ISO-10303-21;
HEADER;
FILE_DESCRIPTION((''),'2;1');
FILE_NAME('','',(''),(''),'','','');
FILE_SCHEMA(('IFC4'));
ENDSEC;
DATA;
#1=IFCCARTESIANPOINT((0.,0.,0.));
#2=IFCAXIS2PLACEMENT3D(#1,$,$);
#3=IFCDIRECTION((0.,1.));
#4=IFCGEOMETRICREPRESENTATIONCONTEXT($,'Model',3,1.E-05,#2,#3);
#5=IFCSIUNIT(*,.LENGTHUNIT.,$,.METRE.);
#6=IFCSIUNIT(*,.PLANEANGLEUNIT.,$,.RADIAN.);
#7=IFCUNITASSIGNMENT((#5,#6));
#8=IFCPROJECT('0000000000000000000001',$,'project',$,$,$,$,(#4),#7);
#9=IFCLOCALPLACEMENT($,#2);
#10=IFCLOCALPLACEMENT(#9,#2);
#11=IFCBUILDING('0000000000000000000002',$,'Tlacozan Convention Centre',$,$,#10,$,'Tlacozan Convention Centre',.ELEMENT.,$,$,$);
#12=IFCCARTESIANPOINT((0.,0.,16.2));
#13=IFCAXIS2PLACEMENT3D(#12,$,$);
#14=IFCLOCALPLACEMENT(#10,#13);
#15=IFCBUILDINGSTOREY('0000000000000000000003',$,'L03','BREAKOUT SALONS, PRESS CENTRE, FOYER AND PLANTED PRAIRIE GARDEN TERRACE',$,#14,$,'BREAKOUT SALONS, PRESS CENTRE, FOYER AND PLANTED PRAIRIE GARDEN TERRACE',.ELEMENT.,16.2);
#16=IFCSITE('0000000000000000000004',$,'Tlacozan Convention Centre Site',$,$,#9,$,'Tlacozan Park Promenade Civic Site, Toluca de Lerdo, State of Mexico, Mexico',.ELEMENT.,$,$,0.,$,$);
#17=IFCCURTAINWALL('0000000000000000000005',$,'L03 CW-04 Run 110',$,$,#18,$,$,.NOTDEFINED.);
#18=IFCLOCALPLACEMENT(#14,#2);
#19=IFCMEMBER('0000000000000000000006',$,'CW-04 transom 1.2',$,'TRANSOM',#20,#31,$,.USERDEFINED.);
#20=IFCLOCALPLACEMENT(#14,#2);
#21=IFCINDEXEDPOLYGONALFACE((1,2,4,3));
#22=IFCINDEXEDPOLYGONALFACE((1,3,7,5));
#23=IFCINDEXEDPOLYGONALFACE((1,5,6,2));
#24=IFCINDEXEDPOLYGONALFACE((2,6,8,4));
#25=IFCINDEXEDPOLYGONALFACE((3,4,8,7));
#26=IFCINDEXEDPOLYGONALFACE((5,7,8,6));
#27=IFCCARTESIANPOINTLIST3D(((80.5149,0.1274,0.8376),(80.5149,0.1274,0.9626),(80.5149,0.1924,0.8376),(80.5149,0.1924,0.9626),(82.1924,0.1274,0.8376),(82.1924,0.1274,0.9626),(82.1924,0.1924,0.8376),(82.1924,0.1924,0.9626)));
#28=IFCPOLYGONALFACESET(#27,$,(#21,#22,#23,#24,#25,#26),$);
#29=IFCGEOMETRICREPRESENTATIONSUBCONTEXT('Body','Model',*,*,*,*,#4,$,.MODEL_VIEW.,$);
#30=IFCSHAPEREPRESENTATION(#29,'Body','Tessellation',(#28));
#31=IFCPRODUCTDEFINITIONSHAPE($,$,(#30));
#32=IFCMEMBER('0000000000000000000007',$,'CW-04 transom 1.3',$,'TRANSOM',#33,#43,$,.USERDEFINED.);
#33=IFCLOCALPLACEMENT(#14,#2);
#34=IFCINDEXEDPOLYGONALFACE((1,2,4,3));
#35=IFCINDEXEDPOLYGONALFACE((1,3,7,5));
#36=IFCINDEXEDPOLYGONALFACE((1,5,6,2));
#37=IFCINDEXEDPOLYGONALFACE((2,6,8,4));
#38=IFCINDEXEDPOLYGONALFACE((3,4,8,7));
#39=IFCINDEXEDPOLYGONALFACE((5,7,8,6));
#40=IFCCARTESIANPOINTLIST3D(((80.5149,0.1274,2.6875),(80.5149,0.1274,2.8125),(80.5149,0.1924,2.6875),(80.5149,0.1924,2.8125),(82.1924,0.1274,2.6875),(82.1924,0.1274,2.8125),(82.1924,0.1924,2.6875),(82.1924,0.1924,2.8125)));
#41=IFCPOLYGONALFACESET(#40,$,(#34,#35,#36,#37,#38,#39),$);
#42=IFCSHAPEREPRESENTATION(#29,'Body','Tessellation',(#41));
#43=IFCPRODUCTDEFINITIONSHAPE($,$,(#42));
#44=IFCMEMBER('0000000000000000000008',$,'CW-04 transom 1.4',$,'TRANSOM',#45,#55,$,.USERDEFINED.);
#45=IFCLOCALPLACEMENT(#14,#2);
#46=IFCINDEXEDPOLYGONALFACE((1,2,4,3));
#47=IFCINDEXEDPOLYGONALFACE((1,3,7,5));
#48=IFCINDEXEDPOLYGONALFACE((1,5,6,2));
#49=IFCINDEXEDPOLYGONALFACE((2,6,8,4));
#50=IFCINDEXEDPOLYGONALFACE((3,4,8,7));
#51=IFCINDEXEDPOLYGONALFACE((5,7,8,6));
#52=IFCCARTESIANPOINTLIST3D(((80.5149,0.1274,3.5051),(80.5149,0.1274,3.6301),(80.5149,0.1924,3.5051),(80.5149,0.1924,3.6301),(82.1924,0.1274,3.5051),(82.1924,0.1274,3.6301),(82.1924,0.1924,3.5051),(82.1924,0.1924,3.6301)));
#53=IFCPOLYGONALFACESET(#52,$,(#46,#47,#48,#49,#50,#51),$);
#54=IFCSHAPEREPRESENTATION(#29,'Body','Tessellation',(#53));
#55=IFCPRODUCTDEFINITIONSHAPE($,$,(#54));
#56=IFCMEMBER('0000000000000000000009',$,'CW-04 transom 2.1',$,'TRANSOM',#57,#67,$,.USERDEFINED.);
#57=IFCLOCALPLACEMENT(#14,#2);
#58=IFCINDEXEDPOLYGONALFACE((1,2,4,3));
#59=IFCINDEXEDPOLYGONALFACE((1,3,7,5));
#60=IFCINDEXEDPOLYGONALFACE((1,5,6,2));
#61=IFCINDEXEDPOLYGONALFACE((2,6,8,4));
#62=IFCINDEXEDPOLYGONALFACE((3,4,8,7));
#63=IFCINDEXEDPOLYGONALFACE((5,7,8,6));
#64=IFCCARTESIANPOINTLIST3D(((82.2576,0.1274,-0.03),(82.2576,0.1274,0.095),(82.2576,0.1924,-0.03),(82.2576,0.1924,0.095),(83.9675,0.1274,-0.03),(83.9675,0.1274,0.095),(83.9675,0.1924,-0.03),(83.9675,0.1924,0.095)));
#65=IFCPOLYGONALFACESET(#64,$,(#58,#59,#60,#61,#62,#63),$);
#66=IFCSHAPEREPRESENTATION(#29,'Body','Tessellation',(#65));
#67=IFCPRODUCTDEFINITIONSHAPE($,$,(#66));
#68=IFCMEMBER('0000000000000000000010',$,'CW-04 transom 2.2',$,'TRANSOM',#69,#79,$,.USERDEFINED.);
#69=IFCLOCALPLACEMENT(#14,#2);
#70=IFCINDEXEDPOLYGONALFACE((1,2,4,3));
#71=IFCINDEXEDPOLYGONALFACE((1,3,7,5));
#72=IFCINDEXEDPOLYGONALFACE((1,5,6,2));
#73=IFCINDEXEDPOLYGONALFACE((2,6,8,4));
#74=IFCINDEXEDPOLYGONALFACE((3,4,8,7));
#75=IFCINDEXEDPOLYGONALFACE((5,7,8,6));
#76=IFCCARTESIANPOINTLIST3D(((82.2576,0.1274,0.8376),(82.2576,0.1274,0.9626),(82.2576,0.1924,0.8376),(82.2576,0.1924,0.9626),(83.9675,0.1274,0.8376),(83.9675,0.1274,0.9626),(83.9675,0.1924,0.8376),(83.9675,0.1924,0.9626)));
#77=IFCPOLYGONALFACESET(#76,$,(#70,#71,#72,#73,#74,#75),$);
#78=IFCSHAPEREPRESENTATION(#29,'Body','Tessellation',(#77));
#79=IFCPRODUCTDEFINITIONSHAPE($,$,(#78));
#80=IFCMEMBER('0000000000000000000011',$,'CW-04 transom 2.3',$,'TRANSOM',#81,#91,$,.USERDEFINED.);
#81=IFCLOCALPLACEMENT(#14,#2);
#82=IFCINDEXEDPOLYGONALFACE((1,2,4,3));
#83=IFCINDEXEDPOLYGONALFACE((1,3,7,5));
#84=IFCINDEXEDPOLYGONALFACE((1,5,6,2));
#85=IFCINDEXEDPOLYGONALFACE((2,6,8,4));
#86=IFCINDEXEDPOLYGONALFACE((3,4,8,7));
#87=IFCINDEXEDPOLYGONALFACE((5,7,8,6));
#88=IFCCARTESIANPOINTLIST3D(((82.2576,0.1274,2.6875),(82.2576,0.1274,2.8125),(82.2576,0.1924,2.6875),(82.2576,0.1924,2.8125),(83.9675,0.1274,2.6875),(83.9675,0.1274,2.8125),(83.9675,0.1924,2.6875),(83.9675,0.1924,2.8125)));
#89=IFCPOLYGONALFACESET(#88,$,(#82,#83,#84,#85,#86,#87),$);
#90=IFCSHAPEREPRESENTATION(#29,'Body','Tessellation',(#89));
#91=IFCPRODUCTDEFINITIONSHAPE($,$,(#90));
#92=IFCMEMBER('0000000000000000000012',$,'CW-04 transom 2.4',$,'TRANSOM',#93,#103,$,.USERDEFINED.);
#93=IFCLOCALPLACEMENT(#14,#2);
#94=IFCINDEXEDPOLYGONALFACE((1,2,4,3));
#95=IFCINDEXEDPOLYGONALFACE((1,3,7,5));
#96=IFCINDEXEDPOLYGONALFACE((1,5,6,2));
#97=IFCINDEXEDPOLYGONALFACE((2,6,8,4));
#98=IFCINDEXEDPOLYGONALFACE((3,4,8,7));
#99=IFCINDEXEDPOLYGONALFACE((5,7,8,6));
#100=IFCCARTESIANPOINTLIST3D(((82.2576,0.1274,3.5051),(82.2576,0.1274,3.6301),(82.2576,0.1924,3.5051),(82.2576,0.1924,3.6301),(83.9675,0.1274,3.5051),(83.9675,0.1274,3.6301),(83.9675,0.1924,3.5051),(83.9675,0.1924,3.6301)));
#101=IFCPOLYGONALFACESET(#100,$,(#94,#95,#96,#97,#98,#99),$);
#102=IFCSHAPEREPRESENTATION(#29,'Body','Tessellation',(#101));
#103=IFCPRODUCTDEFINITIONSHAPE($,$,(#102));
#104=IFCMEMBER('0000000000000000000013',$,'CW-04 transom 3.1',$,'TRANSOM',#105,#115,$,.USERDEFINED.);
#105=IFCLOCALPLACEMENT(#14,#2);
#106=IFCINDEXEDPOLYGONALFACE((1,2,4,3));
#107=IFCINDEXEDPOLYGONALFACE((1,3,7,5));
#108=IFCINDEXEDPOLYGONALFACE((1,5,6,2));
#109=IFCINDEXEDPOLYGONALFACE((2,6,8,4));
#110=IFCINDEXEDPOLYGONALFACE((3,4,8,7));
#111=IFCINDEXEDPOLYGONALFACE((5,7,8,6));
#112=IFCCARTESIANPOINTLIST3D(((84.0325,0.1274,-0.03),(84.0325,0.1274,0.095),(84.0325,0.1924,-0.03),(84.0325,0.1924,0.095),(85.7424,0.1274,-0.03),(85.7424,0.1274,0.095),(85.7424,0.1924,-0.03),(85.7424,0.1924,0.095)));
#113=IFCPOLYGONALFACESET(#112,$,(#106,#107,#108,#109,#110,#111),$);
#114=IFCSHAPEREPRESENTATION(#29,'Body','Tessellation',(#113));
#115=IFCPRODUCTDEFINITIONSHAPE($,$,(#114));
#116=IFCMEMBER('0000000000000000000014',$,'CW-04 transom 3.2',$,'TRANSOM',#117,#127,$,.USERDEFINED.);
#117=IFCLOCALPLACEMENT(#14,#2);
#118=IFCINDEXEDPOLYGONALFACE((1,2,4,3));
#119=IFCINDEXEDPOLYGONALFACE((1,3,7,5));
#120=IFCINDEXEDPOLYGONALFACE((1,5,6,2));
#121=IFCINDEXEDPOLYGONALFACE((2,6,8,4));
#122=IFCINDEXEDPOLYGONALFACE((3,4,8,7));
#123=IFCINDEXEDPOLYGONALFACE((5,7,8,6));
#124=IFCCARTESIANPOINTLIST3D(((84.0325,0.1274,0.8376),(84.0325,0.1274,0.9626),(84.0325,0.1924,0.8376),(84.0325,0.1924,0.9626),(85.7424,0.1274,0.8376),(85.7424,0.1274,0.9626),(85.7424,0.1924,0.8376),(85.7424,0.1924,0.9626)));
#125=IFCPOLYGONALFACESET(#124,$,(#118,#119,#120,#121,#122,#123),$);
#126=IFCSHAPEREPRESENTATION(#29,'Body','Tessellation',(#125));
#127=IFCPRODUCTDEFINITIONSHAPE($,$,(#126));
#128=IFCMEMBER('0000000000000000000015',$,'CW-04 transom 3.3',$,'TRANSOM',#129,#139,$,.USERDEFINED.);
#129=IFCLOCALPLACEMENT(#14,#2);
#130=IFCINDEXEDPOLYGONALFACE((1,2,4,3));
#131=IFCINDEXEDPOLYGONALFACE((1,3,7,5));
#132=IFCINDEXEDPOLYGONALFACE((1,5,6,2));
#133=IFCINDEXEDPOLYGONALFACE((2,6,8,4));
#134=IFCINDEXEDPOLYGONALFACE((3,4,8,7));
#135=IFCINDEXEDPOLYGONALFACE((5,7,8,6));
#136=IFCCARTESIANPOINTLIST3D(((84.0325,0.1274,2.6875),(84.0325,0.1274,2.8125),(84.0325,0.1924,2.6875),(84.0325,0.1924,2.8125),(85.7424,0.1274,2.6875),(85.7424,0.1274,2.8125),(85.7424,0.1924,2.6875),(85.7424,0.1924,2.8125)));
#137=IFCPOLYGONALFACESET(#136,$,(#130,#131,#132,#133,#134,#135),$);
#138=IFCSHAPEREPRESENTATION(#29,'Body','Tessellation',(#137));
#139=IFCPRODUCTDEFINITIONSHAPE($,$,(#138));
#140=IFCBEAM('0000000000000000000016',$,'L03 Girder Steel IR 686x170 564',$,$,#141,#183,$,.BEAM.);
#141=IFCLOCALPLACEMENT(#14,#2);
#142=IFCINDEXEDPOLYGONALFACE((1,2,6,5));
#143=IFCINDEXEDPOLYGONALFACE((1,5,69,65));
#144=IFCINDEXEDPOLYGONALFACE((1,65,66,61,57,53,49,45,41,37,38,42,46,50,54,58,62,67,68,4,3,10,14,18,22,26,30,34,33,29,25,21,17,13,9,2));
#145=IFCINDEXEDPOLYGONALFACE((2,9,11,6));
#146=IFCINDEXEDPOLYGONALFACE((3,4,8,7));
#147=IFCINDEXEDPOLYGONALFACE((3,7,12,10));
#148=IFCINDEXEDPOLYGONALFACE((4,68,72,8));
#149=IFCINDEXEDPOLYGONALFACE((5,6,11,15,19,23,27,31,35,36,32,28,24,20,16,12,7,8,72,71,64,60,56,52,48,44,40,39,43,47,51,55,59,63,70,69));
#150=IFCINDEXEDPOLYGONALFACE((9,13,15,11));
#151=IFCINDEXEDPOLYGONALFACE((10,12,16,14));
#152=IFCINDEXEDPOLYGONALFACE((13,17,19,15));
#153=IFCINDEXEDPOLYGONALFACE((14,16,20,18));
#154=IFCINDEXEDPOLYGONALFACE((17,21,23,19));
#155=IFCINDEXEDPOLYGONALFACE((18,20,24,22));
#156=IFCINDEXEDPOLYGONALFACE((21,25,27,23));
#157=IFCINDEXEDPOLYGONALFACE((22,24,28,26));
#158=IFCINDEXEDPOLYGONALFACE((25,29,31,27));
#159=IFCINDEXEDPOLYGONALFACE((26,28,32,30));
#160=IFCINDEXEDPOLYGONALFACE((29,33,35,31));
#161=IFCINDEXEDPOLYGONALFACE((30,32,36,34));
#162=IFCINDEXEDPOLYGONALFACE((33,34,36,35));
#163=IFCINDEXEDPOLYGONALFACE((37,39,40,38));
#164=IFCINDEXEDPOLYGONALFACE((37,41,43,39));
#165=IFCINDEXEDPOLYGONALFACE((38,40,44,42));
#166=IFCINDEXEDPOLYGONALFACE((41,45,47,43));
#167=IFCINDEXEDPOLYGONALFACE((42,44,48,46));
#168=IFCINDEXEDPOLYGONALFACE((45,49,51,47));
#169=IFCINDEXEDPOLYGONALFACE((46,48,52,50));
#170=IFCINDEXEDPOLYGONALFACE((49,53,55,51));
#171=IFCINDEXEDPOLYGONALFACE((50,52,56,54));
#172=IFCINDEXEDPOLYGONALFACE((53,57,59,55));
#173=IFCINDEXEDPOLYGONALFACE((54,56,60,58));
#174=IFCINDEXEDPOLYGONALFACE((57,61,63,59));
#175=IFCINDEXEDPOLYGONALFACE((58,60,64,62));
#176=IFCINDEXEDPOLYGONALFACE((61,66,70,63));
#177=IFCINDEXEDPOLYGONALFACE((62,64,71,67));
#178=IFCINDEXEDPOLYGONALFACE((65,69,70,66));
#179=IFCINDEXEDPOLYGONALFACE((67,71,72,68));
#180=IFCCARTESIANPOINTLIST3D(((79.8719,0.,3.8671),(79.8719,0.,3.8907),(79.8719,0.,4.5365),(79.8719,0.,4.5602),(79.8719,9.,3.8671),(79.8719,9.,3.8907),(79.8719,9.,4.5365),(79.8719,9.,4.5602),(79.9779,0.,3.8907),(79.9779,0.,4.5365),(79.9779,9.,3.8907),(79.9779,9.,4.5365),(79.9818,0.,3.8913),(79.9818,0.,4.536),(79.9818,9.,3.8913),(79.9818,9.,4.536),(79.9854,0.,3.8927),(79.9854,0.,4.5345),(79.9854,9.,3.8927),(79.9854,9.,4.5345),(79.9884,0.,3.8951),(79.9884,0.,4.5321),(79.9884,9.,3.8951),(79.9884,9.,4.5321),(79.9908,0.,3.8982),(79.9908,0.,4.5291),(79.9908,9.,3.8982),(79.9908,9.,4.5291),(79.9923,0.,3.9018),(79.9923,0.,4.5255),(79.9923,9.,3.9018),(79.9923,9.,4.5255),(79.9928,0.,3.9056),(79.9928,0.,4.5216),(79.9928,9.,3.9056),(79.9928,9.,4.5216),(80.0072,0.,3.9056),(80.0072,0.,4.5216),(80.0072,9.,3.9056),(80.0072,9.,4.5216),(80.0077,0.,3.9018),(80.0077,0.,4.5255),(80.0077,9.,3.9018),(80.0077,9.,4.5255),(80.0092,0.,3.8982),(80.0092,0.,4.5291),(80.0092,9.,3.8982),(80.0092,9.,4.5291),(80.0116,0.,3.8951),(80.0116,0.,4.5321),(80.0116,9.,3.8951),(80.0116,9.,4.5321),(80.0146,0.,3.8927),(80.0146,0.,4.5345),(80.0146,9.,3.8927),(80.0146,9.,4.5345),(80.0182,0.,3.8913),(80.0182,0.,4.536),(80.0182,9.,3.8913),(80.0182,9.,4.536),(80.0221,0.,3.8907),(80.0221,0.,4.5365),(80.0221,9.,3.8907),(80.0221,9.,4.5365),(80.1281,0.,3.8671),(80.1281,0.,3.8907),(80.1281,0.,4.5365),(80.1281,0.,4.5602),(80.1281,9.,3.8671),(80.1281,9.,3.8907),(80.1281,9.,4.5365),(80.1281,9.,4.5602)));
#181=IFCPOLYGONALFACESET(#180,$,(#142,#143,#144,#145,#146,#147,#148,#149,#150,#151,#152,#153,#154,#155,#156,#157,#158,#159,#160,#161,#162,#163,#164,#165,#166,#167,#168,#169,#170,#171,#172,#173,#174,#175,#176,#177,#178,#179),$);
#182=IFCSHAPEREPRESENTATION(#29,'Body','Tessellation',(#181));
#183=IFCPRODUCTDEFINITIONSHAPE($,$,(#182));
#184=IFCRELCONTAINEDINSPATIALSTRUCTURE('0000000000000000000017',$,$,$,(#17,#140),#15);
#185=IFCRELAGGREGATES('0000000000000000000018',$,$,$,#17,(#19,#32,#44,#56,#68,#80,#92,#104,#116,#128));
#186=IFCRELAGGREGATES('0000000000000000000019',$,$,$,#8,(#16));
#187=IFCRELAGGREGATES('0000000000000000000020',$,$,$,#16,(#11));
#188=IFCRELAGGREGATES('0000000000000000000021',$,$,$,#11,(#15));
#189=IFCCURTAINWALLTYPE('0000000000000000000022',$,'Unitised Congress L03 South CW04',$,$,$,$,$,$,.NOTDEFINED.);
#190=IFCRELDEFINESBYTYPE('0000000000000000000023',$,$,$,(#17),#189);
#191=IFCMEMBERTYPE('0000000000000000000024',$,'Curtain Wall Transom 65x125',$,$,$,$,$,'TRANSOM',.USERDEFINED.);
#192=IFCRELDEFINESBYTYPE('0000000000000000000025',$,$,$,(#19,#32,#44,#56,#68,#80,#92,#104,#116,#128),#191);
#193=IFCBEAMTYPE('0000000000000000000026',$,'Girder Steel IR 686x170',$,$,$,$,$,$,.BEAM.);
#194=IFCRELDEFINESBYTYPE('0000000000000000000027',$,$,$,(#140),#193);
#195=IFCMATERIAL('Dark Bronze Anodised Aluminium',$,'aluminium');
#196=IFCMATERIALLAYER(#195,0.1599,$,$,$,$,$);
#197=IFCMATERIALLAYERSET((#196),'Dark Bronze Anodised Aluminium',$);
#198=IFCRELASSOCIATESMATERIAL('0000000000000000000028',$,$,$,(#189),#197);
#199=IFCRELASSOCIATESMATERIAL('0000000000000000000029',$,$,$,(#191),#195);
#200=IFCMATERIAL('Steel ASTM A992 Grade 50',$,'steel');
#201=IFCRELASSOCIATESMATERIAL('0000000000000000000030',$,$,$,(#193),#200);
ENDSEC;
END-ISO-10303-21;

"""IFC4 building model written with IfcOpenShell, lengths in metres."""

from ifc_helpers import new_model, si_unit, direction, frame, origin, origin_2d, place, context, subcontext, project, spatial, rectangle, i_section, extrude, material, layer, layer_set, material_profile, profile_set, type_object, element, aggregate, save


model = new_model("IFC4")

# Units and contexts
model_context = context("Model", 3, precision=1e-05, world=origin(), true_north=direction((0.0, 1.0)))
body_context = subcontext(model_context, "Body", "Model", "MODEL_VIEW")
ifc_project = project(units=[si_unit("LENGTHUNIT", "METRE"), si_unit("PLANEANGLEUNIT", "RADIAN")], contexts=[model_context])

# Site, building, storey
site_placement = place(None, origin())
site = spatial("IfcSite", under=ifc_project, at=site_placement, Name="Tlacozan Convention Centre Site", LongName="Tlacozan Park Promenade Civic Site, Toluca de Lerdo, State of Mexico, Mexico", CompositionType="ELEMENT", RefElevation=0.0)
building_placement = place(site_placement, origin())
building = spatial("IfcBuilding", under=site, at=building_placement, Name="Tlacozan Convention Centre", LongName="Tlacozan Convention Centre", CompositionType="ELEMENT")
storey_placement = place(building_placement, frame((0.0, 0.0, 16.2)))
storey = spatial("IfcBuildingStorey", under=building, at=storey_placement, Name="L03", Description="BREAKOUT SALONS, PRESS CENTRE, FOYER AND PLANTED PRAIRIE GARDEN TERRACE", LongName="BREAKOUT SALONS, PRESS CENTRE, FOYER AND PLANTED PRAIRIE GARDEN TERRACE", CompositionType="ELEMENT", Elevation=16.2)

# Shared definitions
ifc_material_1 = material(Name="Dark Bronze Anodised Aluminium", Category="aluminium")
ifc_layer_1 = layer(ifc_material_1, 0.1599)
ifc_layer_set_1 = layer_set([ifc_layer_1], Name="Dark Bronze Anodised Aluminium")
curtain_wall_type = type_object("IfcCurtainWallType", Name="Unitised Congress L03 South CW04", PredefinedType="NOTDEFINED", material=ifc_layer_set_1)

# Curtain wall
curtain_wall_1_placement = place(storey_placement, origin())
curtain_wall_1 = element("IfcCurtainWall", 1, at=curtain_wall_1_placement, inside=storey, type_object=curtain_wall_type, Name="L03 CW-04 Run 110", PredefinedType="NOTDEFINED")

# Members
ifc_material_profile_1 = material_profile(ifc_material_1, rectangle(XDim=0.0649, YDim=0.125, at=origin_2d()), Name="ALU 65x125")
ifc_profile_set_1 = profile_set([ifc_material_profile_1], Name="Dark Bronze Anodised Aluminium")
member_type_1 = type_object("IfcMemberType", Name="Curtain Wall Transom 65x125", ElementType="TRANSOM", PredefinedType="USERDEFINED", material=ifc_profile_set_1)
member_1_placement = place(storey_placement, frame((80.5149, 0.1599, 0.9001), z_axis=(1.0, 0.0, 0.0), x_axis=(0.0, 1.0, 0.0)))
member_1 = element("IfcMember", 2, at=member_1_placement, type_object=member_type_1, Name="CW-04 transom 1.2", ObjectType="TRANSOM", PredefinedType="USERDEFINED", context=body_context, shape_type="SweptSolid", body=[
    extrude(rectangle(XDim=0.0649, YDim=0.125, at=origin_2d()), origin(), (0.0, 0.0, 1.0), 1.6775),
])
member_2_placement = place(storey_placement, frame((80.5149, 0.1599, 2.75), z_axis=(1.0, 0.0, 0.0), x_axis=(0.0, 1.0, 0.0)))
member_2 = element("IfcMember", 3, at=member_2_placement, type_object=member_type_1, Name="CW-04 transom 1.3", ObjectType="TRANSOM", PredefinedType="USERDEFINED", context=body_context, shape_type="SweptSolid", body=[
    extrude(rectangle(XDim=0.0649, YDim=0.125, at=origin_2d()), origin(), (0.0, 0.0, 1.0), 1.6775),
])
member_3_placement = place(storey_placement, frame((80.5149, 0.1599, 3.5676), z_axis=(1.0, 0.0, 0.0), x_axis=(0.0, 1.0, 0.0)))
member_3 = element("IfcMember", 4, at=member_3_placement, type_object=member_type_1, Name="CW-04 transom 1.4", ObjectType="TRANSOM", PredefinedType="USERDEFINED", context=body_context, shape_type="SweptSolid", body=[
    extrude(rectangle(XDim=0.0649, YDim=0.125, at=origin_2d()), origin(), (0.0, 0.0, 1.0), 1.6775),
])
member_4_placement = place(storey_placement, frame((82.2576, 0.1599, 0.0325), z_axis=(1.0, 0.0, 0.0), x_axis=(0.0, 1.0, 0.0)))
member_4 = element("IfcMember", 5, at=member_4_placement, type_object=member_type_1, Name="CW-04 transom 2.1", ObjectType="TRANSOM", PredefinedType="USERDEFINED", context=body_context, shape_type="SweptSolid", body=[
    extrude(rectangle(XDim=0.0649, YDim=0.125, at=origin_2d()), origin(), (0.0, 0.0, 1.0), 1.71),
])
member_5_placement = place(storey_placement, frame((82.2576, 0.1599, 0.9001), z_axis=(1.0, 0.0, 0.0), x_axis=(0.0, 1.0, 0.0)))
member_5 = element("IfcMember", 6, at=member_5_placement, type_object=member_type_1, Name="CW-04 transom 2.2", ObjectType="TRANSOM", PredefinedType="USERDEFINED", context=body_context, shape_type="SweptSolid", body=[
    extrude(rectangle(XDim=0.0649, YDim=0.125, at=origin_2d()), origin(), (0.0, 0.0, 1.0), 1.71),
])
member_6_placement = place(storey_placement, frame((82.2576, 0.1599, 2.75), z_axis=(1.0, 0.0, 0.0), x_axis=(0.0, 1.0, 0.0)))
member_6 = element("IfcMember", 7, at=member_6_placement, type_object=member_type_1, Name="CW-04 transom 2.3", ObjectType="TRANSOM", PredefinedType="USERDEFINED", context=body_context, shape_type="SweptSolid", body=[
    extrude(rectangle(XDim=0.0649, YDim=0.125, at=origin_2d()), origin(), (0.0, 0.0, 1.0), 1.71),
])
member_7_placement = place(storey_placement, frame((82.2576, 0.1599, 3.5676), z_axis=(1.0, 0.0, 0.0), x_axis=(0.0, 1.0, 0.0)))
member_7 = element("IfcMember", 8, at=member_7_placement, type_object=member_type_1, Name="CW-04 transom 2.4", ObjectType="TRANSOM", PredefinedType="USERDEFINED", context=body_context, shape_type="SweptSolid", body=[
    extrude(rectangle(XDim=0.0649, YDim=0.125, at=origin_2d()), origin(), (0.0, 0.0, 1.0), 1.71),
])
member_8_placement = place(storey_placement, frame((84.0325, 0.1599, 0.0325), z_axis=(1.0, 0.0, 0.0), x_axis=(0.0, 1.0, 0.0)))
member_8 = element("IfcMember", 9, at=member_8_placement, type_object=member_type_1, Name="CW-04 transom 3.1", ObjectType="TRANSOM", PredefinedType="USERDEFINED", context=body_context, shape_type="SweptSolid", body=[
    extrude(rectangle(XDim=0.0649, YDim=0.125, at=origin_2d()), origin(), (0.0, 0.0, 1.0), 1.71),
])
member_9_placement = place(storey_placement, frame((84.0325, 0.1599, 0.9001), z_axis=(1.0, 0.0, 0.0), x_axis=(0.0, 1.0, 0.0)))
member_9 = element("IfcMember", 10, at=member_9_placement, type_object=member_type_1, Name="CW-04 transom 3.2", ObjectType="TRANSOM", PredefinedType="USERDEFINED", context=body_context, shape_type="SweptSolid", body=[
    extrude(rectangle(XDim=0.0649, YDim=0.125, at=origin_2d()), origin(), (0.0, 0.0, 1.0), 1.71),
])
member_10_placement = place(storey_placement, frame((84.0325, 0.1599, 2.75), z_axis=(1.0, 0.0, 0.0), x_axis=(0.0, 1.0, 0.0)))
member_10 = element("IfcMember", 11, at=member_10_placement, type_object=member_type_1, Name="CW-04 transom 3.3", ObjectType="TRANSOM", PredefinedType="USERDEFINED", context=body_context, shape_type="SweptSolid", body=[
    extrude(rectangle(XDim=0.0649, YDim=0.125, at=origin_2d()), origin(), (0.0, 0.0, 1.0), 1.71),
])

# Beam
ifc_material_2 = material(Name="Steel ASTM A992 Grade 50", Category="steel")
ifc_material_profile_2 = material_profile(ifc_material_2, i_section(OverallWidth=0.2561, OverallDepth=0.6931, WebThickness=0.0144, FlangeThickness=0.0237, FilletRadius=0.0149, at=origin_2d()), Name="IR 686x170.0")
ifc_profile_set_2 = profile_set([ifc_material_profile_2], Name="Steel ASTM A992 Grade 50")
beam_type_1 = type_object("IfcBeamType", Name="Girder Steel IR 686x170", PredefinedType="BEAM", material=ifc_profile_set_2)
for number, where, z_axis, x_axis, name in (
    (12, (80.0, 0.0, 4.2136), (0.0, 1.0, 0.0), (-1.0, 0.0, 0.0), "L03 Girder Steel IR 686x170 564"),
):
    element("IfcBeam", number, at=place(storey_placement, frame(where, z_axis=z_axis, x_axis=x_axis)), inside=storey, type_object=beam_type_1, Name=name, PredefinedType="BEAM", context=body_context, shape_type="SweptSolid", body=[
        extrude(i_section(OverallWidth=0.2561, OverallDepth=0.6931, WebThickness=0.0144, FlangeThickness=0.0237, FilletRadius=0.0149, at=origin_2d()), origin(), (0.0, 0.0, 1.0), 9.0),
    ])

aggregate(curtain_wall_1, [member_1, member_2, member_3, member_4, member_5, member_6, member_7, member_8, member_9, member_10])

save(model, "model.ifc")
